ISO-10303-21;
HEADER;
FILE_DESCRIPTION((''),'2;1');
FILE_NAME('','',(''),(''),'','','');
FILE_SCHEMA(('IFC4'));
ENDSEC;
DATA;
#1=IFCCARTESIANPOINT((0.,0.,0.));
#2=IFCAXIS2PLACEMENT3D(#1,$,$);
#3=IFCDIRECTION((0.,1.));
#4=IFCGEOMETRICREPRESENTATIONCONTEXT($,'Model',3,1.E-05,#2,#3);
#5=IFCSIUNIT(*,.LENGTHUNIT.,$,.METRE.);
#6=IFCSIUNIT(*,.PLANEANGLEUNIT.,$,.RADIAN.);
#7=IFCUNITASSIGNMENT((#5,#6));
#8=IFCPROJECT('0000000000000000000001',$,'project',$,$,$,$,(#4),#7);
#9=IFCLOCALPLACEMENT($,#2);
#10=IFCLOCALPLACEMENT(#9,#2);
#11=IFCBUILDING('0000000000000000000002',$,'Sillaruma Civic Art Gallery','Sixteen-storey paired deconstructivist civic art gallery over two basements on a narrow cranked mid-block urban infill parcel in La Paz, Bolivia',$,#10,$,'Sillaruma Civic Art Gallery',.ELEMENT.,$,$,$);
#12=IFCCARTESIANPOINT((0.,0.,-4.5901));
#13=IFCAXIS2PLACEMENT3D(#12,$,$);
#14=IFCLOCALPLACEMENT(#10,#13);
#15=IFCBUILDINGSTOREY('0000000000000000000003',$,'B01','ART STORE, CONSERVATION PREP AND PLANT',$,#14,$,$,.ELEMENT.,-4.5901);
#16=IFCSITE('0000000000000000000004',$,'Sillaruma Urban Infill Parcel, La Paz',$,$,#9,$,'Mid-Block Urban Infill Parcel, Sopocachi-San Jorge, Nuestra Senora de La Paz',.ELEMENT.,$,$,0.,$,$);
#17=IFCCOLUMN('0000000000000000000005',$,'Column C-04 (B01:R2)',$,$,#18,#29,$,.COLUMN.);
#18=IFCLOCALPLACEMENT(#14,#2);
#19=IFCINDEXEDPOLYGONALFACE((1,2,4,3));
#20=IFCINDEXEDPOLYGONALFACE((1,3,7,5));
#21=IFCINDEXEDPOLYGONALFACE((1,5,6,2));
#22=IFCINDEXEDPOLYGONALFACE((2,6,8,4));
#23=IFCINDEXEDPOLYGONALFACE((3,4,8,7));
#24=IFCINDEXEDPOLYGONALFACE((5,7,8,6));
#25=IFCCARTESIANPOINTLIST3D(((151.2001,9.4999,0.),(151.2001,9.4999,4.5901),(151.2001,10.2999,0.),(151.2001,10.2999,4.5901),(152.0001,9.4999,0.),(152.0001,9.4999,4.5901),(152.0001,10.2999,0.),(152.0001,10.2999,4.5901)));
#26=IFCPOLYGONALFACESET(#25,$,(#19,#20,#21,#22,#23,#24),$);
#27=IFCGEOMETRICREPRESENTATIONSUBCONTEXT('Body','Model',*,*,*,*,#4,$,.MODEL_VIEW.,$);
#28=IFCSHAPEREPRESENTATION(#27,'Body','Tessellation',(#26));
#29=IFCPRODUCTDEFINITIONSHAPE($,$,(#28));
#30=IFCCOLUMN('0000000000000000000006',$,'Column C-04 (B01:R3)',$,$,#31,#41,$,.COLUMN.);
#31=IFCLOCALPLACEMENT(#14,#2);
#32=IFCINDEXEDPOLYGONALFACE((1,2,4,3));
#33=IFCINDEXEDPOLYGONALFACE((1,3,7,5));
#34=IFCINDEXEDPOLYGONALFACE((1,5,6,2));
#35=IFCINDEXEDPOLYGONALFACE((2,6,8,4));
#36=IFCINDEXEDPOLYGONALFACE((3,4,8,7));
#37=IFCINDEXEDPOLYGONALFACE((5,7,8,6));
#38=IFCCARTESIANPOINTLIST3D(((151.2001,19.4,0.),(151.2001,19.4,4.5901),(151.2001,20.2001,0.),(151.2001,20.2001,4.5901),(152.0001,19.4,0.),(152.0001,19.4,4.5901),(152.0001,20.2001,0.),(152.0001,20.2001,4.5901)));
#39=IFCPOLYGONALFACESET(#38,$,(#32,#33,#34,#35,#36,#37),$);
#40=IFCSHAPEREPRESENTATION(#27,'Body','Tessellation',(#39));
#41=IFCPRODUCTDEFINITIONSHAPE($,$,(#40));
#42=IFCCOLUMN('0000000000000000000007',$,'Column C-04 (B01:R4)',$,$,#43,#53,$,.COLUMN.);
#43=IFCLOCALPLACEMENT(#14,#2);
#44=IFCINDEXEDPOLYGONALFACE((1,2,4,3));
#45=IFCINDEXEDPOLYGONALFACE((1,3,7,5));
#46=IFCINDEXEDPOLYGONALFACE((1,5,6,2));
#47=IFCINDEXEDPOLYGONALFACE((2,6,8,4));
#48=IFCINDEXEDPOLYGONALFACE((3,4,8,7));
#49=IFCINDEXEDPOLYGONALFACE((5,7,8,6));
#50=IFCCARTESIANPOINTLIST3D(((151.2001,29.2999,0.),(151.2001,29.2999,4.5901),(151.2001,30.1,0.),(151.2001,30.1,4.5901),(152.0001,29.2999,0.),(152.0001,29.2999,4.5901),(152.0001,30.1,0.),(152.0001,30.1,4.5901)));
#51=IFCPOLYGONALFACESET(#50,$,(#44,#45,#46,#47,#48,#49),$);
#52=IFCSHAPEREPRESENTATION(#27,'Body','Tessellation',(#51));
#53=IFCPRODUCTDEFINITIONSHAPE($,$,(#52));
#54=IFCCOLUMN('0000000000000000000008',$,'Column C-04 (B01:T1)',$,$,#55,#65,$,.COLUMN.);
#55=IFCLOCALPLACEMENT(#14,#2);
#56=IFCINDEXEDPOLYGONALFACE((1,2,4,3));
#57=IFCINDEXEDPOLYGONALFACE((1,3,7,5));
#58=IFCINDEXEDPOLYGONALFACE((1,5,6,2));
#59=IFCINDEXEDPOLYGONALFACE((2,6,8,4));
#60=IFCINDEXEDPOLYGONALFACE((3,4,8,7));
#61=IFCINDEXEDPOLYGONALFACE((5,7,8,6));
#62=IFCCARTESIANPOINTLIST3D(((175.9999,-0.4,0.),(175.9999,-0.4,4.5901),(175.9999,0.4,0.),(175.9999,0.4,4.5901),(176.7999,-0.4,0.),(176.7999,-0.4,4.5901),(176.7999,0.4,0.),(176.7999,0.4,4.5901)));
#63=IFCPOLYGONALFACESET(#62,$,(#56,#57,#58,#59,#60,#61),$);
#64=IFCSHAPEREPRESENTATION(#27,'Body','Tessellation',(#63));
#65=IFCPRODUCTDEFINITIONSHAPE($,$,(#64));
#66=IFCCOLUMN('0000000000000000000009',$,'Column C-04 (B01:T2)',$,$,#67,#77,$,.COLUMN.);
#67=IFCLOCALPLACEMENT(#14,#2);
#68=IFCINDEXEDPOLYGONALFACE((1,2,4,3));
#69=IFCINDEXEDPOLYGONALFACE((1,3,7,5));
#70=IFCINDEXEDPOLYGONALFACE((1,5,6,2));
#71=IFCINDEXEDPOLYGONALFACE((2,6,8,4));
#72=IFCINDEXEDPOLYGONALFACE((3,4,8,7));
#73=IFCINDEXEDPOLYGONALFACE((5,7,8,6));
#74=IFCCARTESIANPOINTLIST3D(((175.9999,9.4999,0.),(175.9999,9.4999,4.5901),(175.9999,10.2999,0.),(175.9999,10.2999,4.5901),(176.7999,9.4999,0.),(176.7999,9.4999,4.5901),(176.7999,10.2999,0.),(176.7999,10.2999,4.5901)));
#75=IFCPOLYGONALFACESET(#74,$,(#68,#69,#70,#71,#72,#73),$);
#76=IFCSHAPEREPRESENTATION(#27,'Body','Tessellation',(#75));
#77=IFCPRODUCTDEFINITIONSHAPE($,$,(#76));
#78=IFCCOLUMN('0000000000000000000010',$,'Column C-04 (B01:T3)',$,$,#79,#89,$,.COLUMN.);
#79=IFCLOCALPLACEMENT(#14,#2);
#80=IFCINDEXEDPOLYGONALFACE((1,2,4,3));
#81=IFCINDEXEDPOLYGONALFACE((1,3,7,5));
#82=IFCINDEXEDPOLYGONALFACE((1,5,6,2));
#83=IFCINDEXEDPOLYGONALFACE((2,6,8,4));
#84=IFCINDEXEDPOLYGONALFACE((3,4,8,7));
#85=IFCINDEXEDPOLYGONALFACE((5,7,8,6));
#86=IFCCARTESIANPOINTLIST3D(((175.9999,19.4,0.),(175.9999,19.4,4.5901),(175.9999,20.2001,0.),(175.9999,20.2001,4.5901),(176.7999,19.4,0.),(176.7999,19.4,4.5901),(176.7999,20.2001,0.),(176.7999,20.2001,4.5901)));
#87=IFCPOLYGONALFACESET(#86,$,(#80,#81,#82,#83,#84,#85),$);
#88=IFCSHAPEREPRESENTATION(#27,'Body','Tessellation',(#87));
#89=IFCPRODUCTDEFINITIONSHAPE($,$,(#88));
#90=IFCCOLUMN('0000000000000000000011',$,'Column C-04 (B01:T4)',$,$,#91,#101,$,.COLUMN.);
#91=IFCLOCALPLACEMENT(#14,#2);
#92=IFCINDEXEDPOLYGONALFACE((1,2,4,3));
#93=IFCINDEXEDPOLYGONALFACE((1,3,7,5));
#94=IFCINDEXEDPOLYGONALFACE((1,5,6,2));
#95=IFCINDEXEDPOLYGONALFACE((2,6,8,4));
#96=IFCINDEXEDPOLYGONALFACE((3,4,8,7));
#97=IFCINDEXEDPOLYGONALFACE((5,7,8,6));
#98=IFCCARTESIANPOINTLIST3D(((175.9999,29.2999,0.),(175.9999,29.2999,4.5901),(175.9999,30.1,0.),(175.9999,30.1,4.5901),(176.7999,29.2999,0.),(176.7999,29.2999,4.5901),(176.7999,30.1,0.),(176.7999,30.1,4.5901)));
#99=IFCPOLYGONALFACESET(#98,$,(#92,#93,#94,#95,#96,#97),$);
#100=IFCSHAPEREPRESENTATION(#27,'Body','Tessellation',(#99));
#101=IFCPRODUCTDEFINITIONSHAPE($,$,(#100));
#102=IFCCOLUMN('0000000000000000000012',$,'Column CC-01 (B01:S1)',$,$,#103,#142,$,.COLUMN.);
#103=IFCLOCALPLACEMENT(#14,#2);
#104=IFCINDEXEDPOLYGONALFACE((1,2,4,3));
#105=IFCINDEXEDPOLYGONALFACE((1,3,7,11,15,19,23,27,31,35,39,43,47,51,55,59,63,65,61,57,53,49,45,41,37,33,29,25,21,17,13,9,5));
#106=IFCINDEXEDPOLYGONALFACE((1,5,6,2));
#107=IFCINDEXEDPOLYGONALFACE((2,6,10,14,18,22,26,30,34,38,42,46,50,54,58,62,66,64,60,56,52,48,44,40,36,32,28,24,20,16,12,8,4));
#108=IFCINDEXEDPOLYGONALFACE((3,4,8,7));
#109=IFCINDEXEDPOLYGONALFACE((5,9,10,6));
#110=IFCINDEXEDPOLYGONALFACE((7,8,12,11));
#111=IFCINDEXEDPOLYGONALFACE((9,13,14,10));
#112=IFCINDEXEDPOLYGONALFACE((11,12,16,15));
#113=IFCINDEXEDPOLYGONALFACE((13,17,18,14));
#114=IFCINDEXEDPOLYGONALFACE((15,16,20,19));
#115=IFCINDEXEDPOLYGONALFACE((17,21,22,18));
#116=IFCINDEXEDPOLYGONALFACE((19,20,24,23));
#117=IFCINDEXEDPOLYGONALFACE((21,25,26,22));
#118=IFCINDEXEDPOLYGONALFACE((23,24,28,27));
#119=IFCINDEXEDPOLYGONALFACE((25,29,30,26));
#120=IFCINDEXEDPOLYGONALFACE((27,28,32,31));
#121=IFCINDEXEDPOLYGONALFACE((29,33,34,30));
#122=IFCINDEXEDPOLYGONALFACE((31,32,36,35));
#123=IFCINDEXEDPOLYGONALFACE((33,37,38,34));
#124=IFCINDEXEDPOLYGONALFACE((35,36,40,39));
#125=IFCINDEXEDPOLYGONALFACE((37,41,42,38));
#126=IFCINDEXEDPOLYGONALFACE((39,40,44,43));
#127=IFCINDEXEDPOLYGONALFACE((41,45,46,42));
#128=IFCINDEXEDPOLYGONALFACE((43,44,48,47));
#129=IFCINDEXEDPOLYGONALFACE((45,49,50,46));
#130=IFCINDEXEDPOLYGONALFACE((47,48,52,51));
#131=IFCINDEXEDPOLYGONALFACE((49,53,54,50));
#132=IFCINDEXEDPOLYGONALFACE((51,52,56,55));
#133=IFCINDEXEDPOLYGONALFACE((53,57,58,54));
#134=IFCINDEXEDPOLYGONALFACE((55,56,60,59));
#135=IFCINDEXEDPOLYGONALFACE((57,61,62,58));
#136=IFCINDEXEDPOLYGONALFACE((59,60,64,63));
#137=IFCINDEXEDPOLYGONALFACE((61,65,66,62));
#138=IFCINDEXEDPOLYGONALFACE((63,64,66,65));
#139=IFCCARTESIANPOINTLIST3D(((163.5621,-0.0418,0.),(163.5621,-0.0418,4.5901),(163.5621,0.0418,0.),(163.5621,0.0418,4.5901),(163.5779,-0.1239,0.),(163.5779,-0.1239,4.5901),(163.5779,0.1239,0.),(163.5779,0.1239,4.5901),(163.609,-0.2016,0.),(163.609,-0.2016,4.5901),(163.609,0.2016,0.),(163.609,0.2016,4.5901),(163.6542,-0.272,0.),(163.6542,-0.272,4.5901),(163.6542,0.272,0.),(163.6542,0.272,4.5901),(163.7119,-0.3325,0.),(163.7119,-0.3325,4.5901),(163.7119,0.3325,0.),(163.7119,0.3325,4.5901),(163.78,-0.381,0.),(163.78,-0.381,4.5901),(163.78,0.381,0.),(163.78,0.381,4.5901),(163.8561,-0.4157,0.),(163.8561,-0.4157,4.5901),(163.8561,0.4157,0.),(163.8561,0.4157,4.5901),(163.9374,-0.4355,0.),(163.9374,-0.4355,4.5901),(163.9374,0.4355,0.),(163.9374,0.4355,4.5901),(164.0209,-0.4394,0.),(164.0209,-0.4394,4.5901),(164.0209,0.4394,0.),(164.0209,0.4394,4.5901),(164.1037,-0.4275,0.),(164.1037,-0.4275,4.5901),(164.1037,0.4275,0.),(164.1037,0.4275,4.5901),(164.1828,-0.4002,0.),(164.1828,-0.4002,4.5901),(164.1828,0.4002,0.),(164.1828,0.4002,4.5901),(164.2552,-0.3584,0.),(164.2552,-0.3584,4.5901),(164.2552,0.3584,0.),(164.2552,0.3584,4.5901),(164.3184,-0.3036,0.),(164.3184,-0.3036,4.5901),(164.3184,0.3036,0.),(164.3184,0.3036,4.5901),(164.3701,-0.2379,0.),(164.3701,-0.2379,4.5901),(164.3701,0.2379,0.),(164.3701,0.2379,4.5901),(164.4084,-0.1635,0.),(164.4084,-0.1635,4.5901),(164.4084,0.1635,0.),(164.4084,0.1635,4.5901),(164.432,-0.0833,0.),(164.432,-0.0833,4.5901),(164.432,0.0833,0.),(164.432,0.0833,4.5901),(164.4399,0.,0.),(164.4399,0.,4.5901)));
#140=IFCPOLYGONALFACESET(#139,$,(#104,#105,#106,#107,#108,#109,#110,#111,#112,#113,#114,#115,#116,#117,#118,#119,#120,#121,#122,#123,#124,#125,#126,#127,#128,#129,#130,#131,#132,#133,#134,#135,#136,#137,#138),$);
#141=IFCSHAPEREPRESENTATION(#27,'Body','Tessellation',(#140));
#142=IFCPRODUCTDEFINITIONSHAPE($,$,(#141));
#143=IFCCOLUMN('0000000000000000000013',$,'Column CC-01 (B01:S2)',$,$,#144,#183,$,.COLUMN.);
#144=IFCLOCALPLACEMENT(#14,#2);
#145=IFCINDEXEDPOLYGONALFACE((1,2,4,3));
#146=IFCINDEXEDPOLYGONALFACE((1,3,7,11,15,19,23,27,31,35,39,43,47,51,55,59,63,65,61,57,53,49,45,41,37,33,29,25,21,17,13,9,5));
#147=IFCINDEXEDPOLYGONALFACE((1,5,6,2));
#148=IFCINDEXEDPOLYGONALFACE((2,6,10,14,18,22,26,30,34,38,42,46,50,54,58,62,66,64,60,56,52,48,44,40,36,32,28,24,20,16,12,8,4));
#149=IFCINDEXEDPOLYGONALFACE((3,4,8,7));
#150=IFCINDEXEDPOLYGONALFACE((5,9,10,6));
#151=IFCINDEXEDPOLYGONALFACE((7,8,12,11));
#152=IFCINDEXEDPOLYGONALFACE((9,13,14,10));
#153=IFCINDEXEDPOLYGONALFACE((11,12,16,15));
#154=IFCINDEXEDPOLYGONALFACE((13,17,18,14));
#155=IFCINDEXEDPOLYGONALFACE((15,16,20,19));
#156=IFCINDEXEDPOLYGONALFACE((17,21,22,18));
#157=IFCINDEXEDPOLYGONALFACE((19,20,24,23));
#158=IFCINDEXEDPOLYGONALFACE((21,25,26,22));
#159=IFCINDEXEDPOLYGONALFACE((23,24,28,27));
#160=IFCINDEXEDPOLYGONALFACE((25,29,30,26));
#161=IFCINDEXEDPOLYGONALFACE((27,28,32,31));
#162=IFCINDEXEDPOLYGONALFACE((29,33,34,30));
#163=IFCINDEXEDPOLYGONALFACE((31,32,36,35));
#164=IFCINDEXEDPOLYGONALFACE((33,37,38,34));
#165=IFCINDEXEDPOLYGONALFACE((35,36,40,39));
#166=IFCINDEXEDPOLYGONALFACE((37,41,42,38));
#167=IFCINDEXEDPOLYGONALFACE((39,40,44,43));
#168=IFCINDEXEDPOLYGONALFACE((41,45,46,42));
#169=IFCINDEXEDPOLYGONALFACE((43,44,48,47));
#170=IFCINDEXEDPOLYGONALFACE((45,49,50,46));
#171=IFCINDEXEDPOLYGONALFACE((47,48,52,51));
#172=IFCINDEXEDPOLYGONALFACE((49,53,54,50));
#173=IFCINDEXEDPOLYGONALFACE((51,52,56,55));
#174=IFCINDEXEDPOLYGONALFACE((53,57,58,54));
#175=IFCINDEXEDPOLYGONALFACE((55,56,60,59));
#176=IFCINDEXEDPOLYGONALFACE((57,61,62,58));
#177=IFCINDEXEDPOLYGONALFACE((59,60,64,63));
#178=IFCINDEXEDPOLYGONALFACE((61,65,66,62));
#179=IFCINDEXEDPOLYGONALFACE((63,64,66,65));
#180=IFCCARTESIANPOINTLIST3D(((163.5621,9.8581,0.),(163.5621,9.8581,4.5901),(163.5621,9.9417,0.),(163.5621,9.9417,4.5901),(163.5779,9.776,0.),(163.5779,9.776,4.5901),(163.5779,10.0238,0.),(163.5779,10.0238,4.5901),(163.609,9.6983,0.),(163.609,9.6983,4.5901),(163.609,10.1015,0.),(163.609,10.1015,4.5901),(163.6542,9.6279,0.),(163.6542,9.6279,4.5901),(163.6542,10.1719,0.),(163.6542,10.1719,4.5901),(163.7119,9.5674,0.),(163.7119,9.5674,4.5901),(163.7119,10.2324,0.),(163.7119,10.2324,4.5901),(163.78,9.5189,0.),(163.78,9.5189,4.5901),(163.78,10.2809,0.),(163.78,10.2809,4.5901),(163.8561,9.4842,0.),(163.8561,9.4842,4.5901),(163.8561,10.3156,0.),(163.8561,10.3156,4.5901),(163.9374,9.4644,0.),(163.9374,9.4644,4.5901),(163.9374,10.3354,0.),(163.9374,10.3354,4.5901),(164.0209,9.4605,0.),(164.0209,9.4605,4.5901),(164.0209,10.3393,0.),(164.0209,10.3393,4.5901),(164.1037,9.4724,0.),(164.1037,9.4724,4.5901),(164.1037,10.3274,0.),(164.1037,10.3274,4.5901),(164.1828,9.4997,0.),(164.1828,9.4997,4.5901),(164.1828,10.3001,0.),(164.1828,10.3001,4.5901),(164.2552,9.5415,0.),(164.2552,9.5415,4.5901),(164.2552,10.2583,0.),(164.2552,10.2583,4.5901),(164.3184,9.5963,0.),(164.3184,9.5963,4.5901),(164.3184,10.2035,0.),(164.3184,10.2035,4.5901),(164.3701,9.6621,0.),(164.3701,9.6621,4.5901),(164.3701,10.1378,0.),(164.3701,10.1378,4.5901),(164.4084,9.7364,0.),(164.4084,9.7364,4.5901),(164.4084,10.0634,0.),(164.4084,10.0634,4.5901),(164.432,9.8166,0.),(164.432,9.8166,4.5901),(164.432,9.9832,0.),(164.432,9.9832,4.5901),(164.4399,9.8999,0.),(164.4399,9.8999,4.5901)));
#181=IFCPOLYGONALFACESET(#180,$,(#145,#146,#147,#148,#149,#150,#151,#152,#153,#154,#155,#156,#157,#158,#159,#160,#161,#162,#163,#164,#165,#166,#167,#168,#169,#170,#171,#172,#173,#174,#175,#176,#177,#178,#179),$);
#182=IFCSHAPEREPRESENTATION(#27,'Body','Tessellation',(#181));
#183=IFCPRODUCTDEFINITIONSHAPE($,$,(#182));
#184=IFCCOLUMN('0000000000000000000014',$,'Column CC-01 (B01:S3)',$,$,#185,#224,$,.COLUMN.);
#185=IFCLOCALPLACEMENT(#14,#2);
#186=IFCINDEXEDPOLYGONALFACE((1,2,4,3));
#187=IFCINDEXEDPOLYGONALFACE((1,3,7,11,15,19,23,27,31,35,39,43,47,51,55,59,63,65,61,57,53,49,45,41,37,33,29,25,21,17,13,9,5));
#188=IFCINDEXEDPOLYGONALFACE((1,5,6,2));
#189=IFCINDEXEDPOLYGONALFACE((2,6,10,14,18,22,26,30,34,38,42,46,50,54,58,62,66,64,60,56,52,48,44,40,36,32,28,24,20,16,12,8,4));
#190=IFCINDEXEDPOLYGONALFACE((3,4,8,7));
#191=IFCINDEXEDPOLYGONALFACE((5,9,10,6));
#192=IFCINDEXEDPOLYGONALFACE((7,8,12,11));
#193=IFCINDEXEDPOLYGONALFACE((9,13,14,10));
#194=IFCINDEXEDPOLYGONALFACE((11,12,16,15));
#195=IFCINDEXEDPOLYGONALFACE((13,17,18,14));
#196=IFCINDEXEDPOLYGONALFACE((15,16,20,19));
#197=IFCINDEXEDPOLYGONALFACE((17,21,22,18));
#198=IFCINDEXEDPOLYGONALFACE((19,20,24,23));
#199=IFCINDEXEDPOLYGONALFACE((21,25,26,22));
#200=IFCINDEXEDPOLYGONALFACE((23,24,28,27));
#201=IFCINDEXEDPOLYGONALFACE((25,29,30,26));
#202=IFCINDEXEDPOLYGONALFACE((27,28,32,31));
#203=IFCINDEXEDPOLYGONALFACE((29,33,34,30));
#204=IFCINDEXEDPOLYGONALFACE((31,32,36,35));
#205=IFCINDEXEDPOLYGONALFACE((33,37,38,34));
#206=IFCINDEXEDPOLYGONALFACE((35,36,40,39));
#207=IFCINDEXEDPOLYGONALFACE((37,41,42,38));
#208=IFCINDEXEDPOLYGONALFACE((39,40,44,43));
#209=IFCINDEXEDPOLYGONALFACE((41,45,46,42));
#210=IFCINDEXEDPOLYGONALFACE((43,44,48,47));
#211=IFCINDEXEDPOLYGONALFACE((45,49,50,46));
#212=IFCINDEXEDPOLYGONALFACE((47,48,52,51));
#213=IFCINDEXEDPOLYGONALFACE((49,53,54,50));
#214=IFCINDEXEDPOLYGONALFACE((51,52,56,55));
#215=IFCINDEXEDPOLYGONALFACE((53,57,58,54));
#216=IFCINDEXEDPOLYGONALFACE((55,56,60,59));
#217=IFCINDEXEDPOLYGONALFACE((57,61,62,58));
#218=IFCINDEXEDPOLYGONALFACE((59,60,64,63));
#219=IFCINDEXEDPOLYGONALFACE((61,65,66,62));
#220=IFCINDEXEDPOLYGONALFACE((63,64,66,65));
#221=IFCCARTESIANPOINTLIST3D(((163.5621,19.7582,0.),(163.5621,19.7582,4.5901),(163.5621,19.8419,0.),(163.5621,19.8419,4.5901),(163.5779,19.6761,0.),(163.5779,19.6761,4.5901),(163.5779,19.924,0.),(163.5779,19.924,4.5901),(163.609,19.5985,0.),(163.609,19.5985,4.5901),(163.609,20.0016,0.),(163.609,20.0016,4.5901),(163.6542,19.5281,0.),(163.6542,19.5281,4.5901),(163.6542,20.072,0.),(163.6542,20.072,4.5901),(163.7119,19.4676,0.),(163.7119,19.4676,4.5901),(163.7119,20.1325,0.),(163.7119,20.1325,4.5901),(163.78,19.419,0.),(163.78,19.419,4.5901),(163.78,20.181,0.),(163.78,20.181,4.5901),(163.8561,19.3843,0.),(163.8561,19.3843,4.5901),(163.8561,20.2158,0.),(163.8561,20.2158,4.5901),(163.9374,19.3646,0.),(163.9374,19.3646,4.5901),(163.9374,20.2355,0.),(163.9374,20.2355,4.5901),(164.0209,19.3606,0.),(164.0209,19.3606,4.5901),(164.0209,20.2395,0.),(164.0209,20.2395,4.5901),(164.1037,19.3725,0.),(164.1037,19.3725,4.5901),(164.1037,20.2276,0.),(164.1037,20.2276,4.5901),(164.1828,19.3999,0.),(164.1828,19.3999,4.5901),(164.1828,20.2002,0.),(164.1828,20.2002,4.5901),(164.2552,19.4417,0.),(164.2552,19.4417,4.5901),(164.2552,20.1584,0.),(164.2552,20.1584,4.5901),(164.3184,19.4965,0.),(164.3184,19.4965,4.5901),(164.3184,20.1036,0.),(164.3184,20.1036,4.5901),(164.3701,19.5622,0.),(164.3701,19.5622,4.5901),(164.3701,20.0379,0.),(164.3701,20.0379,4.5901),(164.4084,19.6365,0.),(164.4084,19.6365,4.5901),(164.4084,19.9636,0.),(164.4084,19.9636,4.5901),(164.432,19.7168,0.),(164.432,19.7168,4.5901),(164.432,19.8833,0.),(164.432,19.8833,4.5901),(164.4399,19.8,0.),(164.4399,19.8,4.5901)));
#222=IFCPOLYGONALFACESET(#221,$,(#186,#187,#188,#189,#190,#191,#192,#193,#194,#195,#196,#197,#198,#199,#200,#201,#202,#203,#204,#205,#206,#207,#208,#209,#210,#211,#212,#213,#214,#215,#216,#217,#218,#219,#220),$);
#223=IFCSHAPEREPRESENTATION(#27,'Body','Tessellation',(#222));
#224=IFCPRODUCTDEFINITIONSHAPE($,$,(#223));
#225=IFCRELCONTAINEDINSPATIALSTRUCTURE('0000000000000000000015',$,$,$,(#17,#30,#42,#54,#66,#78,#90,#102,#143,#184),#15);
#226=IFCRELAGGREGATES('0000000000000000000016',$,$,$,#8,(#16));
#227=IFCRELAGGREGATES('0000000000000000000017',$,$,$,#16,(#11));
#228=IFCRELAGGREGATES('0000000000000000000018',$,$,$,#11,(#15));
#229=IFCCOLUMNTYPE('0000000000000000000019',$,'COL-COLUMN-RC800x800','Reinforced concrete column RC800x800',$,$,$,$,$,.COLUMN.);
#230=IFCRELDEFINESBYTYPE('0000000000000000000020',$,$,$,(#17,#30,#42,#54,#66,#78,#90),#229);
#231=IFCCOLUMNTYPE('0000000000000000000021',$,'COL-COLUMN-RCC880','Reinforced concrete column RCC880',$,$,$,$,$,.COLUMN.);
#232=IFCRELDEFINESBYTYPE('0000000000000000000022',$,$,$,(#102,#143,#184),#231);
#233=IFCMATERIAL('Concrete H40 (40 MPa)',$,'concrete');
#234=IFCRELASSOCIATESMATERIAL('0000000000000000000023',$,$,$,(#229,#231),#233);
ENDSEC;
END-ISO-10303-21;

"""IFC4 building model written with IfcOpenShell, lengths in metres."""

from ifc_helpers import new_model, si_unit, direction, frame, origin, origin_2d, place, context, subcontext, project, spatial, rectangle, circle, extrude, material, material_profile, profile_set, type_object, element, save


model = new_model("IFC4")

# Units and contexts
model_context = context("Model", 3, precision=1e-05, world=origin(), true_north=direction((0.0, 1.0)))
body_context = subcontext(model_context, "Body", "Model", "MODEL_VIEW")
ifc_project = project(units=[si_unit("LENGTHUNIT", "METRE"), si_unit("PLANEANGLEUNIT", "RADIAN")], contexts=[model_context])

# Site, building, storey
site_placement = place(None, origin())
site = spatial("IfcSite", under=ifc_project, at=site_placement, Name="Sillaruma Urban Infill Parcel, La Paz", LongName="Mid-Block Urban Infill Parcel, Sopocachi-San Jorge, Nuestra Senora de La Paz", CompositionType="ELEMENT", RefElevation=0.0)
building_placement = place(site_placement, origin())
building = spatial("IfcBuilding", under=site, at=building_placement, Name="Sillaruma Civic Art Gallery", Description="Sixteen-storey paired deconstructivist civic art gallery over two basements on a narrow cranked mid-block urban infill parcel in La Paz, Bolivia", LongName="Sillaruma Civic Art Gallery", CompositionType="ELEMENT")
storey_placement = place(building_placement, frame((0.0, 0.0, -4.5901)))
storey = spatial("IfcBuildingStorey", under=building, at=storey_placement, Name="B01", Description="ART STORE, CONSERVATION PREP AND PLANT", CompositionType="ELEMENT", Elevation=-4.5901)

# Columns
ifc_material_1 = material(Name="Concrete H40 (40 MPa)", Category="concrete")
ifc_material_profile_1 = material_profile(ifc_material_1, rectangle(XDim=0.8, YDim=0.8, at=origin_2d()), Name="RC800x800")
ifc_profile_set_1 = profile_set([ifc_material_profile_1], Name="Concrete H40 (40 MPa)")
column_type_1 = type_object("IfcColumnType", Name="COL-COLUMN-RC800x800", Description="Reinforced concrete column RC800x800", PredefinedType="COLUMN", material=ifc_profile_set_1)
for number, where, z_axis, x_axis, name in (
    (1, (151.6001, 9.8999, 0.0), (0.0, 0.0, 1.0), (1.0, 0.0, 0.0), "Column C-04 (B01:R2)"),
    (2, (151.6001, 19.8, 0.0), (0.0, 0.0, 1.0), (1.0, 0.0, 0.0), "Column C-04 (B01:R3)"),
    (3, (151.6001, 29.7, 0.0), (0.0, 0.0, 1.0), (1.0, 0.0, 0.0), "Column C-04 (B01:R4)"),
    (4, (176.3999, 0.0, 0.0), (0.0, 0.0, 1.0), (1.0, 0.0, 0.0), "Column C-04 (B01:T1)"),
    (5, (176.3999, 9.8999, 0.0), (0.0, 0.0, 1.0), (1.0, 0.0, 0.0), "Column C-04 (B01:T2)"),
    (6, (176.3999, 19.8, 0.0), (0.0, 0.0, 1.0), (1.0, 0.0, 0.0), "Column C-04 (B01:T3)"),
    (7, (176.3999, 29.7, 0.0), (0.0, 0.0, 1.0), (1.0, 0.0, 0.0), "Column C-04 (B01:T4)"),
):
    element("IfcColumn", number, at=place(storey_placement, frame(where, z_axis=z_axis, x_axis=x_axis)), inside=storey, type_object=column_type_1, Name=name, PredefinedType="COLUMN", context=body_context, shape_type="SweptSolid", body=[
        extrude(rectangle(XDim=0.8, YDim=0.8, at=origin_2d()), origin(), (0.0, 0.0, 1.0), 4.5901),
    ])
ifc_material_profile_2 = material_profile(ifc_material_1, circle(Radius=0.4399, at=origin_2d()), Name="RCC880")
ifc_profile_set_2 = profile_set([ifc_material_profile_2], Name="Concrete H40 (40 MPa)")
column_type_2 = type_object("IfcColumnType", Name="COL-COLUMN-RCC880", Description="Reinforced concrete column RCC880", PredefinedType="COLUMN", material=ifc_profile_set_2)
for number, where, z_axis, x_axis, name in (
    (8, (164.0, 0.0, 0.0), (0.0, 0.0, 1.0), (1.0, 0.0, 0.0), "Column CC-01 (B01:S1)"),
    (9, (164.0, 9.8999, 0.0), (0.0, 0.0, 1.0), (1.0, 0.0, 0.0), "Column CC-01 (B01:S2)"),
    (10, (164.0, 19.8, 0.0), (0.0, 0.0, 1.0), (1.0, 0.0, 0.0), "Column CC-01 (B01:S3)"),
):
    element("IfcColumn", number, at=place(storey_placement, frame(where, z_axis=z_axis, x_axis=x_axis)), inside=storey, type_object=column_type_2, Name=name, PredefinedType="COLUMN", context=body_context, shape_type="SweptSolid", body=[
        extrude(circle(Radius=0.4399, at=origin_2d()), origin(), (0.0, 0.0, 1.0), 4.5901),
    ])

save(model, "model.ifc")
